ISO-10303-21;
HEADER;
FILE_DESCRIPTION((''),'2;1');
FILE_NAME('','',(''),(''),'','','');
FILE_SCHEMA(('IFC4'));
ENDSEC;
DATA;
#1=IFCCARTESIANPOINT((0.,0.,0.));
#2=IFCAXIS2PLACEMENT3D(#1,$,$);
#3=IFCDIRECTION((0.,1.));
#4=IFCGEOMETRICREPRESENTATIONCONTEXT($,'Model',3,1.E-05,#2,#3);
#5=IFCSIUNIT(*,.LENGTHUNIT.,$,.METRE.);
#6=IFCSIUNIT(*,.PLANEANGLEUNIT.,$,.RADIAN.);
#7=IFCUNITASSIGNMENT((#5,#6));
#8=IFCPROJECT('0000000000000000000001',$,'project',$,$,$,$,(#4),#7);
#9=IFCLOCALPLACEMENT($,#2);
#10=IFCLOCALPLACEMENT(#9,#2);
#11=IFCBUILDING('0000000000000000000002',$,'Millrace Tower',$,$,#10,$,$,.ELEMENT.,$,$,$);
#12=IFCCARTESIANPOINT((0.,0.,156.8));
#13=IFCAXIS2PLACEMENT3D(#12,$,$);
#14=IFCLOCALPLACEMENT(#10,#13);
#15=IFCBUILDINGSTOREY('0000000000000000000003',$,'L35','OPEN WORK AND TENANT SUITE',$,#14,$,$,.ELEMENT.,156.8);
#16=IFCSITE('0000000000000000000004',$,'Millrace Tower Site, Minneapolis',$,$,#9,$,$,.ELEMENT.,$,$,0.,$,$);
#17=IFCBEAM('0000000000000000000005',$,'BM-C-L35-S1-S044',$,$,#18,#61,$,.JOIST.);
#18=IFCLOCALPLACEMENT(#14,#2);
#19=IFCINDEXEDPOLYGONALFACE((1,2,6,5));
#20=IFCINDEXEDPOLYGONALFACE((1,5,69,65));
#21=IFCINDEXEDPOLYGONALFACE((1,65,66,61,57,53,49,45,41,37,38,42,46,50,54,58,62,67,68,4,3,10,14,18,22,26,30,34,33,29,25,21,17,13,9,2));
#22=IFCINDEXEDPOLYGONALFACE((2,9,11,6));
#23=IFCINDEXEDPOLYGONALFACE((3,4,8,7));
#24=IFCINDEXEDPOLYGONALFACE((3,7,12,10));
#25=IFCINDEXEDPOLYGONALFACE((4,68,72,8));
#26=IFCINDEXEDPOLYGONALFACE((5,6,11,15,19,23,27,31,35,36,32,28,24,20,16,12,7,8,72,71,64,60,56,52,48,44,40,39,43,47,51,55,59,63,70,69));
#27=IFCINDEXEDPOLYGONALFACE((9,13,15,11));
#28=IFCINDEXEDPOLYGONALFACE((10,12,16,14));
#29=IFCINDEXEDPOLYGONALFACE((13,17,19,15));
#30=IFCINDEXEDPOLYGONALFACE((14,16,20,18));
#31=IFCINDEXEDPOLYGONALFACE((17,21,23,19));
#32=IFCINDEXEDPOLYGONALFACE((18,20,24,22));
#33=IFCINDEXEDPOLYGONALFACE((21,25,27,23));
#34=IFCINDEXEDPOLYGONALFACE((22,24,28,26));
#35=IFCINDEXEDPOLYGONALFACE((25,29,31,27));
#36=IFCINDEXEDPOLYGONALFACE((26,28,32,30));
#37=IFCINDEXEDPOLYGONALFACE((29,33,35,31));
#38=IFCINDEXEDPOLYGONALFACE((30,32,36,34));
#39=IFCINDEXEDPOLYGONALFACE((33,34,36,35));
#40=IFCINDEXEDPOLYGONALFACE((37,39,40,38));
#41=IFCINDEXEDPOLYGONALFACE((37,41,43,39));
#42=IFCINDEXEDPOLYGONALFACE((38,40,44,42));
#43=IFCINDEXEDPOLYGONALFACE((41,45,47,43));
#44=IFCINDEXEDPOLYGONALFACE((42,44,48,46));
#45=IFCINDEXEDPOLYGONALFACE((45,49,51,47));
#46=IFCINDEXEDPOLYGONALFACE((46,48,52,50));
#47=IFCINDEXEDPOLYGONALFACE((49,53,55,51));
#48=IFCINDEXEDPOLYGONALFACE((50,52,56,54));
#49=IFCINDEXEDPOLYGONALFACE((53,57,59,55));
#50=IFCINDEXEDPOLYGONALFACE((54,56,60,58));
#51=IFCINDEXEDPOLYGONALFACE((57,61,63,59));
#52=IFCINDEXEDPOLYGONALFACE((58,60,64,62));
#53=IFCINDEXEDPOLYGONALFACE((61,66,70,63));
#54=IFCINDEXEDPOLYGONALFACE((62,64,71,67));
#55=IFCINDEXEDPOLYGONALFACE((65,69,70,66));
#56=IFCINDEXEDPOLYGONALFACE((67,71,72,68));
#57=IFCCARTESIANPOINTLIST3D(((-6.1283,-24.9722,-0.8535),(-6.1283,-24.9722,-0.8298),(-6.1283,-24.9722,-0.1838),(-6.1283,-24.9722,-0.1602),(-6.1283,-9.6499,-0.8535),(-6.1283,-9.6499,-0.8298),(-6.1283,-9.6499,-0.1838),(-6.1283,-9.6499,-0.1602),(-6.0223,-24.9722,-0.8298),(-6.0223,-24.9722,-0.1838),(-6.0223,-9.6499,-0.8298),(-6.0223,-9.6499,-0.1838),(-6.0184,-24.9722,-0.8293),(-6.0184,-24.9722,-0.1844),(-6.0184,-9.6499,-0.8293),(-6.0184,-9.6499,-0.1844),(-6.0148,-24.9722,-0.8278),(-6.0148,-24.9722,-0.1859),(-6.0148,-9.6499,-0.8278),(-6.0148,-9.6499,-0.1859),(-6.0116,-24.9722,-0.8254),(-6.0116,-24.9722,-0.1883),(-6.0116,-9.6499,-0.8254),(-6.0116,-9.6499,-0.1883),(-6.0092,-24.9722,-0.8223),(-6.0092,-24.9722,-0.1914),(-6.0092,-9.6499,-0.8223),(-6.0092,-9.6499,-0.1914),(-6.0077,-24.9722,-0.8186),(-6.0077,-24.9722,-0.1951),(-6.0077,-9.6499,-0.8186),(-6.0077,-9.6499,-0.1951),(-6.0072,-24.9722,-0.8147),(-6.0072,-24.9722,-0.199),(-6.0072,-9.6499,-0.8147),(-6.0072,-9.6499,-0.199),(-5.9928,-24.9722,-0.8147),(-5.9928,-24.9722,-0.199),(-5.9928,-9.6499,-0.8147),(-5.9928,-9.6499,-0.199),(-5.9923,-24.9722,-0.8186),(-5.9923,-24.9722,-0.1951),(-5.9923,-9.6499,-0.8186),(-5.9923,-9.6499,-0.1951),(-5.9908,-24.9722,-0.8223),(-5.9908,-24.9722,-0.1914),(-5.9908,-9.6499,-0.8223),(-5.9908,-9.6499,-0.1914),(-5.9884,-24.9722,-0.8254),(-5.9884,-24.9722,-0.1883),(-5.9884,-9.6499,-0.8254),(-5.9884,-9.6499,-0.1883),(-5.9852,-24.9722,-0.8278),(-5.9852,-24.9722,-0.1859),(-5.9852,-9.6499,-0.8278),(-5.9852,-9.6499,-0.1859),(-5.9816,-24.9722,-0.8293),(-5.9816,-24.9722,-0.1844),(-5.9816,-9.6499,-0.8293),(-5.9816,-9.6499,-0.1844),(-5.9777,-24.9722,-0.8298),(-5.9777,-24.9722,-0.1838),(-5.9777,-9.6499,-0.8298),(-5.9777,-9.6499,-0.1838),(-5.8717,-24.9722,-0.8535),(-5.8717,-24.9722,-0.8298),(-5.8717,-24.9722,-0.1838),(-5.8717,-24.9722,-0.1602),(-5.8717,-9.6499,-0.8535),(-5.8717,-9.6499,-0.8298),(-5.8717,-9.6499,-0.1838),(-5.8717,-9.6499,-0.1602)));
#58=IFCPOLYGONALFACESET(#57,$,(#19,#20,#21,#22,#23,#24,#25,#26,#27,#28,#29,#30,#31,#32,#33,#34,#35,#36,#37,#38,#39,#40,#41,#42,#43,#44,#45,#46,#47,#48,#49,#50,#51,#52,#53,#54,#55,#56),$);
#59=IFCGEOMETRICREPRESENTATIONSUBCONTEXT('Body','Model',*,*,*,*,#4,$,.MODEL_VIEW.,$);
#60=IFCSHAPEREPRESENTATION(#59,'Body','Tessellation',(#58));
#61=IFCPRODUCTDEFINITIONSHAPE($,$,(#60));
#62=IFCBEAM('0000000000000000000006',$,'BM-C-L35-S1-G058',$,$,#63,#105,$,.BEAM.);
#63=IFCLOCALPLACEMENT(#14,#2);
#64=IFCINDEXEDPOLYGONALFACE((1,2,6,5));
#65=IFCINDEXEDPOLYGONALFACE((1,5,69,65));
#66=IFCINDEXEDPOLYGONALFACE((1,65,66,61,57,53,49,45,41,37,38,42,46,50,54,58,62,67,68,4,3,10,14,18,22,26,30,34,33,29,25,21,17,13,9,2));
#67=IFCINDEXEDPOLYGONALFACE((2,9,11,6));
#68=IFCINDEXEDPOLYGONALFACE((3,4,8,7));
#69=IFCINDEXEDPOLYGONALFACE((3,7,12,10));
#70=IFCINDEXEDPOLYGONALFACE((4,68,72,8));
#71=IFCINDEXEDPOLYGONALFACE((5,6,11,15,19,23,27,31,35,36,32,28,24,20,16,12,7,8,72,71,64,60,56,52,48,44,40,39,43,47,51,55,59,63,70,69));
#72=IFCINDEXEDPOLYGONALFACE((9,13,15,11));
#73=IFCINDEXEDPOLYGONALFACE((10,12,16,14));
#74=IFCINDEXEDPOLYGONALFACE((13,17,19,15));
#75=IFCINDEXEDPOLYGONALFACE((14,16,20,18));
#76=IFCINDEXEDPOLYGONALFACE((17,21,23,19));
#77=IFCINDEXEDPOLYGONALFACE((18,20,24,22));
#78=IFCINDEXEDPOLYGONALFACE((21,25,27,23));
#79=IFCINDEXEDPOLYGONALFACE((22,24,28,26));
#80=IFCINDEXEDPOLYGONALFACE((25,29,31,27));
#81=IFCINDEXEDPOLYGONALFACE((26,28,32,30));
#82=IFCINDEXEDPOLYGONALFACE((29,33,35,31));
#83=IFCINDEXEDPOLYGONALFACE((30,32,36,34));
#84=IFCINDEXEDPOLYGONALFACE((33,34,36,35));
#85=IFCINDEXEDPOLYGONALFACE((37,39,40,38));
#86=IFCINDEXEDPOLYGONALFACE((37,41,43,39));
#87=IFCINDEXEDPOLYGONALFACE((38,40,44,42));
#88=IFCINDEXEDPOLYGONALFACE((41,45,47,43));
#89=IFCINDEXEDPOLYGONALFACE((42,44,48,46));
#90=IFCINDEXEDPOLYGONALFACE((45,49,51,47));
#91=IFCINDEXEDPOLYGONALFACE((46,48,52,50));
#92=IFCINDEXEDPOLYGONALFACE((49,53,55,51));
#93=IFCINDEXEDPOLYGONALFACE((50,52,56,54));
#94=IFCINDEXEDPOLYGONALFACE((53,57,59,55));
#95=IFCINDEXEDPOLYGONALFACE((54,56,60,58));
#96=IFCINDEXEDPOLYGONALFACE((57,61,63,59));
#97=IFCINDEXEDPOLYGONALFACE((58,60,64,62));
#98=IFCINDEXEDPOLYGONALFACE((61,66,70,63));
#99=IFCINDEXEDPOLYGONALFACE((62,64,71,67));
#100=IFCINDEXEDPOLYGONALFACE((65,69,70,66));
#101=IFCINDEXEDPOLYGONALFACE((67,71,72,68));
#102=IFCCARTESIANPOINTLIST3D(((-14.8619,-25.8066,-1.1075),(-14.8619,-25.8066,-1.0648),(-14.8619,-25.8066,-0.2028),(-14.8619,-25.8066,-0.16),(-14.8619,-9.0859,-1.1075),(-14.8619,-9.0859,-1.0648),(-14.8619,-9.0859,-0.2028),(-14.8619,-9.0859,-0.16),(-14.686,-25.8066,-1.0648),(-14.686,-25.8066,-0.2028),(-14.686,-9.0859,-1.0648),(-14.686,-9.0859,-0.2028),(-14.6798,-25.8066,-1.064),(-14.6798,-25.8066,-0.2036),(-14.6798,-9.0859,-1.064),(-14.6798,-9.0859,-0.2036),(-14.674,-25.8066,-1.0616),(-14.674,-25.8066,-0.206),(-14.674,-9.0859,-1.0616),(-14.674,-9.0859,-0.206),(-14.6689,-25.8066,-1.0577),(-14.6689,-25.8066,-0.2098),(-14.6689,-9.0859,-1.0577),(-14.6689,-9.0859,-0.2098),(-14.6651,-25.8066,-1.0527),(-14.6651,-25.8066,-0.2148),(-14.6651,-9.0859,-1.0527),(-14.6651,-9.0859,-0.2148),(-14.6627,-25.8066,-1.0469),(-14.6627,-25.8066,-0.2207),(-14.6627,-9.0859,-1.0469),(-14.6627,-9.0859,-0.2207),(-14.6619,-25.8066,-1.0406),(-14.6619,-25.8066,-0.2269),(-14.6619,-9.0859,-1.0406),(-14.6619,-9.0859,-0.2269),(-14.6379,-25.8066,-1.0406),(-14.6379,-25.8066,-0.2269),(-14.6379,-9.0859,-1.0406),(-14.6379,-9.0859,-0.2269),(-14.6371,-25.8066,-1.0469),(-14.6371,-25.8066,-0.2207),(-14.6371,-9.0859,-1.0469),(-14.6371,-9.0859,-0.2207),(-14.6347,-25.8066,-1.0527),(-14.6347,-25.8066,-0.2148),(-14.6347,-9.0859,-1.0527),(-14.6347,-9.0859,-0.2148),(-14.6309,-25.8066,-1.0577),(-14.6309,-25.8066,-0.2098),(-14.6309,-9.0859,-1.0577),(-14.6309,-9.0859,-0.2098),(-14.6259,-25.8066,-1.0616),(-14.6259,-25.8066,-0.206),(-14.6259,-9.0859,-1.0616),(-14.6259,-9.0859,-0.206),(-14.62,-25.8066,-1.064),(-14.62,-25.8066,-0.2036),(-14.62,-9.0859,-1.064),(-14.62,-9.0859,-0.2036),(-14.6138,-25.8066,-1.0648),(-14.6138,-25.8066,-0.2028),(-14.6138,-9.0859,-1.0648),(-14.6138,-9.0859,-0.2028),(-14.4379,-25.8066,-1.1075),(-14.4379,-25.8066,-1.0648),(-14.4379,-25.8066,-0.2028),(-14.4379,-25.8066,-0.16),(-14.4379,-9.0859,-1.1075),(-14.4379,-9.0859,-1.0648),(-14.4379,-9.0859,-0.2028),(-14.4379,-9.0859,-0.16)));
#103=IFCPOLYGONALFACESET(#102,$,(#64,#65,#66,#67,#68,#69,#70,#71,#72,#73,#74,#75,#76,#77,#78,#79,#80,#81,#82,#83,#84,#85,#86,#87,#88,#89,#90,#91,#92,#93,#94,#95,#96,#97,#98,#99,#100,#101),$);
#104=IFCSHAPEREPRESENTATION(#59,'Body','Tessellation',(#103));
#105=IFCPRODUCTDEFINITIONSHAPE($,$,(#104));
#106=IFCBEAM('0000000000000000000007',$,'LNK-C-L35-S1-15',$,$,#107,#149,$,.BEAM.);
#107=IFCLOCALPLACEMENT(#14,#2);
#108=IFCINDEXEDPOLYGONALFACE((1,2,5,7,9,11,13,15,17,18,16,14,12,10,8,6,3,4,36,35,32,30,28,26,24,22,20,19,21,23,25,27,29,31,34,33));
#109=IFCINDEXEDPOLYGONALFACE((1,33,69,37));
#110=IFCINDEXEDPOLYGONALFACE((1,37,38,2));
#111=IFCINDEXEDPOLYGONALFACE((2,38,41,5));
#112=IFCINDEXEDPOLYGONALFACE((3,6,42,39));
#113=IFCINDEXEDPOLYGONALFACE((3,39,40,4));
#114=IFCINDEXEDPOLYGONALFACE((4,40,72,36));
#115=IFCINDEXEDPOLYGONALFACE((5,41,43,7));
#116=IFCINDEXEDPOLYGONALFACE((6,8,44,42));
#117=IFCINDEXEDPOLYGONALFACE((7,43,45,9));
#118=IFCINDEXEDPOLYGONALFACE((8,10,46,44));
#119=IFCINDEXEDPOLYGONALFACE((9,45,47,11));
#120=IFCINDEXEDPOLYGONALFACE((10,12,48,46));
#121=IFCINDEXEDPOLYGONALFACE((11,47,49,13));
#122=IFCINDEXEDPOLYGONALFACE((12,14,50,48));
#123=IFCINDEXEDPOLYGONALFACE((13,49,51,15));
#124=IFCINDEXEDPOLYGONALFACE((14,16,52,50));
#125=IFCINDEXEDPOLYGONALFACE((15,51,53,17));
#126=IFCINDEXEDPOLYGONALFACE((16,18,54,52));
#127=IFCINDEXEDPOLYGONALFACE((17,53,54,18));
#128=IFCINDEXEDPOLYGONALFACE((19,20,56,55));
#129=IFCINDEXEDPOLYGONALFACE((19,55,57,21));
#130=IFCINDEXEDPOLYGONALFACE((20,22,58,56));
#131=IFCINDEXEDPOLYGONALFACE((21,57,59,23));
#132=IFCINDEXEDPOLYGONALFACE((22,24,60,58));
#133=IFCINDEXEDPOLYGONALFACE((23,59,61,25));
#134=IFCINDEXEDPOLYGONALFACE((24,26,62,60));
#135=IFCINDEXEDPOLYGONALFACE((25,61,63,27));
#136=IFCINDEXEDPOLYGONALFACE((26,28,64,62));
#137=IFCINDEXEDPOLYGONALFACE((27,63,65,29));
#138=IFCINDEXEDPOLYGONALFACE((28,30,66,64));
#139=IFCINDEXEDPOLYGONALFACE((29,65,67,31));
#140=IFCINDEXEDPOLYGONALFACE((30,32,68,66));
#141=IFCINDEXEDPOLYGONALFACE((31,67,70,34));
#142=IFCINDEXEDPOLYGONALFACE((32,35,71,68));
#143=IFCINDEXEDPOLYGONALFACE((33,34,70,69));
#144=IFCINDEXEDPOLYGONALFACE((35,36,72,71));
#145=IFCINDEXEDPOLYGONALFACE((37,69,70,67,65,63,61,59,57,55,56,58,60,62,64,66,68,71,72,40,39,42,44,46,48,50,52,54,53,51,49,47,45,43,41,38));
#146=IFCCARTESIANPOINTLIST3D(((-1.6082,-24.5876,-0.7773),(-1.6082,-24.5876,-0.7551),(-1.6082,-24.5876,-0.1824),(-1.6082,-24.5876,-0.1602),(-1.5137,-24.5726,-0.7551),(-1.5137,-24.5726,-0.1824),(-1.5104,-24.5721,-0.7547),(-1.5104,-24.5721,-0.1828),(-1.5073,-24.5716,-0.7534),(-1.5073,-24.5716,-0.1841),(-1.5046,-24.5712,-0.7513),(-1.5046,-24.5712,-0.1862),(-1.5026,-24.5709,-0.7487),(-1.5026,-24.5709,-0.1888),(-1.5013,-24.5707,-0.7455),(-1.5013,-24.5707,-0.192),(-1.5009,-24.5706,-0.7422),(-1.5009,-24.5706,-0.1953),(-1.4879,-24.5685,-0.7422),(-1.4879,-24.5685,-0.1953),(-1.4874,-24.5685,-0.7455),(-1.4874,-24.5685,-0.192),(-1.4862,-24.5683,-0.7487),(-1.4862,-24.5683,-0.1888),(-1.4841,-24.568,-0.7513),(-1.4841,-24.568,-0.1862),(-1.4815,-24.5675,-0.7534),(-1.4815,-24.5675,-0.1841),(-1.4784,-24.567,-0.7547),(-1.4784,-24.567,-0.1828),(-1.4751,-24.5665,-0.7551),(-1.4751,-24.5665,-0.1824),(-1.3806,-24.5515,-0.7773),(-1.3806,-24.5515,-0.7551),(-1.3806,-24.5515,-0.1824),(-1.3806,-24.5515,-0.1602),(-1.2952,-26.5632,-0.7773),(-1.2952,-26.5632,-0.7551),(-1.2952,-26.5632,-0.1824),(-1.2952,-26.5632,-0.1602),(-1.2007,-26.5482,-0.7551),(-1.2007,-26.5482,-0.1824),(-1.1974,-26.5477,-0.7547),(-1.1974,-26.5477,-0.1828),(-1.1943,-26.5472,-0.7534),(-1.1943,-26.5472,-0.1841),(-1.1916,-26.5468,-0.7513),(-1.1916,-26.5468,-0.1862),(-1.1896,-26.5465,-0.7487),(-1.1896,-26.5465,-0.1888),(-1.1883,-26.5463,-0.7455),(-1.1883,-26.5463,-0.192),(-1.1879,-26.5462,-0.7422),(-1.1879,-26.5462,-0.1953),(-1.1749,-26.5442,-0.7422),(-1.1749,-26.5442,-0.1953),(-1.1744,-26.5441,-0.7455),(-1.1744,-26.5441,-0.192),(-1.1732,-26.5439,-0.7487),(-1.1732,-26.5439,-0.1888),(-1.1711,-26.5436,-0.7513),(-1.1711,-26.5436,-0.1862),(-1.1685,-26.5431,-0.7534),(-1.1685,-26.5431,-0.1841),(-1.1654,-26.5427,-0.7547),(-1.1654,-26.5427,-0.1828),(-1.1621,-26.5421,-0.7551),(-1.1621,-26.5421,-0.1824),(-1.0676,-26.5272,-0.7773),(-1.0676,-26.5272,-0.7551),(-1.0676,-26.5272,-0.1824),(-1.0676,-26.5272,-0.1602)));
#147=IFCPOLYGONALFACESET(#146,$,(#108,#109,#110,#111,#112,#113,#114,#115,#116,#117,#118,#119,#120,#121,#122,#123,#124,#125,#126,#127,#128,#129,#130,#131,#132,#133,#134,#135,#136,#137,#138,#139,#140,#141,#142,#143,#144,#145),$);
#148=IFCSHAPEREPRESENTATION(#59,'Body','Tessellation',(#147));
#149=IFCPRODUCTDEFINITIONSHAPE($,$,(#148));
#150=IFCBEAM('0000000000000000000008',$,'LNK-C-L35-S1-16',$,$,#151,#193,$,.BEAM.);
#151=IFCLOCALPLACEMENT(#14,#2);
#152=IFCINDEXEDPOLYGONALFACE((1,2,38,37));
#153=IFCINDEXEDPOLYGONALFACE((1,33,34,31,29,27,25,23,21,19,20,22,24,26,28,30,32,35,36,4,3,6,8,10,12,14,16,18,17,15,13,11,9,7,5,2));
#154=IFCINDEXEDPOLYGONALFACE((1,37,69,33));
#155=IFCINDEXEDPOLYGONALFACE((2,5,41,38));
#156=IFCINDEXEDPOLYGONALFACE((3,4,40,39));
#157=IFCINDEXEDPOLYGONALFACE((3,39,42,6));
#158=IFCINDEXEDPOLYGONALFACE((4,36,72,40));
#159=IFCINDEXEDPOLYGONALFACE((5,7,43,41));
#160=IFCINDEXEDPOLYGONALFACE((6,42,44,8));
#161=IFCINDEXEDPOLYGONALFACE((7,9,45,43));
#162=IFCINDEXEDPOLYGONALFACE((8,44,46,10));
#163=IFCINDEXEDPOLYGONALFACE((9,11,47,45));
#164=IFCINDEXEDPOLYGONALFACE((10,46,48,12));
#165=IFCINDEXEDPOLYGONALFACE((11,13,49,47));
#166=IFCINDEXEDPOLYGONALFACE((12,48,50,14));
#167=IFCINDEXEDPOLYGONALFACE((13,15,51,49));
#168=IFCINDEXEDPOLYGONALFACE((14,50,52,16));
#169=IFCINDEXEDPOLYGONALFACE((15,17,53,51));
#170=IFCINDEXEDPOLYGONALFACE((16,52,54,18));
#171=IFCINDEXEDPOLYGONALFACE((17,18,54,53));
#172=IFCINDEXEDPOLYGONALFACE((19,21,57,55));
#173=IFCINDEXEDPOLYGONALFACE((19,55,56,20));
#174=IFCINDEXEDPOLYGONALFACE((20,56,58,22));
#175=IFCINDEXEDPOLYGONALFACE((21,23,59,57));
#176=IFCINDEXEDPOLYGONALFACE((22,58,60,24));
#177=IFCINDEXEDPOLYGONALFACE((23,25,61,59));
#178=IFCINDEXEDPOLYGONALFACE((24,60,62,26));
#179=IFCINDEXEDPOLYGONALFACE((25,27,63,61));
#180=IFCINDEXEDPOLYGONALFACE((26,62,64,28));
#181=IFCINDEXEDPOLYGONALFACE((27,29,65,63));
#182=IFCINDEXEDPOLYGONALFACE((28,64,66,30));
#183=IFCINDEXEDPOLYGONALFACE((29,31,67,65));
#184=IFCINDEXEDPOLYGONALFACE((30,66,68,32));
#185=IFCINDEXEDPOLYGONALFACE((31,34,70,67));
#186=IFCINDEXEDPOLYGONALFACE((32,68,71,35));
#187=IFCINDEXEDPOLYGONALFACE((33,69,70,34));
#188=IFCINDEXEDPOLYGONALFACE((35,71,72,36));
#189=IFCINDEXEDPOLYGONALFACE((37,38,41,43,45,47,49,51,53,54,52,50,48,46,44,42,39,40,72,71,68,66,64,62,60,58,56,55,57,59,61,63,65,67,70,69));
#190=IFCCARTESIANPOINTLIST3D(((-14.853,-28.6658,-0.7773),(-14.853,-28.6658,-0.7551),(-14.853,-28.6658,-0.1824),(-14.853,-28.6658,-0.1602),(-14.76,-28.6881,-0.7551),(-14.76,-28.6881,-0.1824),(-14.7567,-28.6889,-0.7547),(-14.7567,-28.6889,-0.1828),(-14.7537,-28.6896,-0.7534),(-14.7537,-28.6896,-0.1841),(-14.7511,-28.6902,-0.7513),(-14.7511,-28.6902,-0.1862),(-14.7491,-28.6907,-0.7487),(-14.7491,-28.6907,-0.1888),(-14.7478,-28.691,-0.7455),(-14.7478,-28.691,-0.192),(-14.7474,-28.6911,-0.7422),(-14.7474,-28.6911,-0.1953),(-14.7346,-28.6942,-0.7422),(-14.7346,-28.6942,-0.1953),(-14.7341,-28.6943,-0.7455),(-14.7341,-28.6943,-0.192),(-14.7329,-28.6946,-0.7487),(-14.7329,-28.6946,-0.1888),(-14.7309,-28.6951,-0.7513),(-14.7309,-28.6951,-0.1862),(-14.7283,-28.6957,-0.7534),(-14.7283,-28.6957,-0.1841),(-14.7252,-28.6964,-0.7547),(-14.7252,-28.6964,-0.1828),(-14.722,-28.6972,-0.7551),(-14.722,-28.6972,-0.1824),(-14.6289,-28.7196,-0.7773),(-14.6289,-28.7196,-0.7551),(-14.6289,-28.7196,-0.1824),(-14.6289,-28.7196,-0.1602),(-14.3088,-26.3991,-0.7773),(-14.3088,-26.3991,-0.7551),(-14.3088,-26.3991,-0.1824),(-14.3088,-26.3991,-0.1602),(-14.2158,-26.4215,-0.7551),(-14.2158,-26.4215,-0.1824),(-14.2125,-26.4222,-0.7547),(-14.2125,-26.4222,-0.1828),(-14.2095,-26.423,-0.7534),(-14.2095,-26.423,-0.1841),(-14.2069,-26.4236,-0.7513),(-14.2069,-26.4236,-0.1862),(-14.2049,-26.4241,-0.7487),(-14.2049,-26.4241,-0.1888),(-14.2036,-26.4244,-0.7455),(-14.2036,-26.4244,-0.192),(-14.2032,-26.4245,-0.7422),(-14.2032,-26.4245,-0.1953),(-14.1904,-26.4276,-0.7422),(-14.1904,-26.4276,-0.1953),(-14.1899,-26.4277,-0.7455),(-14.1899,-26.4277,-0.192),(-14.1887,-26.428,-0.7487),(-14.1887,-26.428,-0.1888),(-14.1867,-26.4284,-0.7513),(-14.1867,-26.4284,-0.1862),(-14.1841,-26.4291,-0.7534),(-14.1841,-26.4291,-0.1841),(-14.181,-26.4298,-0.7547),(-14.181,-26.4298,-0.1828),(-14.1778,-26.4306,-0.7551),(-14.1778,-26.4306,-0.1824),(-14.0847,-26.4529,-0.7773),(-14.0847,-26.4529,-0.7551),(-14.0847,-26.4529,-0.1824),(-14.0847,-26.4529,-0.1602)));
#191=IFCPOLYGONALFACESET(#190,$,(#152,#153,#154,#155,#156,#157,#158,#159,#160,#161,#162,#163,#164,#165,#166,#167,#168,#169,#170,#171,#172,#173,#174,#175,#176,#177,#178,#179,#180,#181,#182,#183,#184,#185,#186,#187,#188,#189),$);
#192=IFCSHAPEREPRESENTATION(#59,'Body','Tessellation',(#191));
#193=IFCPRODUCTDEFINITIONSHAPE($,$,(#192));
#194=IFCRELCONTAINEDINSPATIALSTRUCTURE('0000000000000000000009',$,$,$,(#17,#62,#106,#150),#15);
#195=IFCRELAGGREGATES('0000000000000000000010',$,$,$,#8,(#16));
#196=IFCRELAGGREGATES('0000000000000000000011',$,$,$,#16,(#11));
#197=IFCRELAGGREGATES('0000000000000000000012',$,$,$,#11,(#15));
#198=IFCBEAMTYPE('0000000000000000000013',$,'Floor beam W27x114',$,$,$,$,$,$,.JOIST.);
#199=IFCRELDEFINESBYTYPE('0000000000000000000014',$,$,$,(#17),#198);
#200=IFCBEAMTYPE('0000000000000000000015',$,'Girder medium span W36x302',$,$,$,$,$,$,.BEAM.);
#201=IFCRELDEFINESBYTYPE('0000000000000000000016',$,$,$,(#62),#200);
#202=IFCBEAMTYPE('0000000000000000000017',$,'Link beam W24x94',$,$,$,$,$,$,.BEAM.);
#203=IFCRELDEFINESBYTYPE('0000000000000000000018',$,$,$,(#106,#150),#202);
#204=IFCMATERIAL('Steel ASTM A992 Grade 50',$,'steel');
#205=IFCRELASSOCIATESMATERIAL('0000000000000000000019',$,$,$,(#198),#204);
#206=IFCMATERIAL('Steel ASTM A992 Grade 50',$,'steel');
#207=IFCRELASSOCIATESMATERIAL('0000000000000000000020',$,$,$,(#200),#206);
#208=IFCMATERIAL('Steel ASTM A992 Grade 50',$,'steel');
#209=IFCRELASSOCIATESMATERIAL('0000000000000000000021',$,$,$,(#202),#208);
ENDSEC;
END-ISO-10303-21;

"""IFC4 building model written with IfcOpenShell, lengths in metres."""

from ifc_helpers import new_model, si_unit, direction, frame, origin, origin_2d, place, context, subcontext, project, spatial, i_section, extrude, material, material_profile, profile_set, type_object, element, save


model = new_model("IFC4")

# Units and contexts
model_context = context("Model", 3, precision=1e-05, world=origin(), true_north=direction((0.0, 1.0)))
body_context = subcontext(model_context, "Body", "Model", "MODEL_VIEW")
ifc_project = project(units=[si_unit("LENGTHUNIT", "METRE"), si_unit("PLANEANGLEUNIT", "RADIAN")], contexts=[model_context])

# Site, building, storey
site_placement = place(None, origin())
site = spatial("IfcSite", under=ifc_project, at=site_placement, Name="Millrace Tower Site, Minneapolis", CompositionType="ELEMENT", RefElevation=0.0)
building_placement = place(site_placement, origin())
building = spatial("IfcBuilding", under=site, at=building_placement, Name="Millrace Tower", CompositionType="ELEMENT")
storey_placement = place(building_placement, frame((0.0, 0.0, 156.8)))
storey = spatial("IfcBuildingStorey", under=building, at=storey_placement, Name="L35", Description="OPEN WORK AND TENANT SUITE", CompositionType="ELEMENT", Elevation=156.8)

# Beams
ifc_material_1 = material(Name="Steel ASTM A992 Grade 50", Category="steel")
ifc_material_profile_1 = material_profile(ifc_material_1, i_section(OverallWidth=0.2566, OverallDepth=0.6934, WebThickness=0.0144, FlangeThickness=0.0237, FilletRadius=0.0151, at=origin_2d()))
ifc_profile_set_1 = profile_set([ifc_material_profile_1], Name="Steel ASTM A992 Grade 50")
beam_type_1 = type_object("IfcBeamType", Name="Floor beam W27x114", PredefinedType="JOIST", material=ifc_profile_set_1)
beam_1_placement = place(storey_placement, frame((-6.0, -24.9722, -0.5068), z_axis=(0.0, 1.0, 0.0), x_axis=(-1.0, 0.0, 0.0)))
element("IfcBeam", 1, at=beam_1_placement, inside=storey, type_object=beam_type_1, Name="BM-C-L35-S1-S044", PredefinedType="JOIST", context=body_context, shape_type="SweptSolid", body=[
    extrude(i_section(OverallWidth=0.2566, OverallDepth=0.6934, WebThickness=0.0144, FlangeThickness=0.0237, FilletRadius=0.0151, at=origin_2d()), origin(), (0.0, 0.0, 1.0), 15.3223),
])
ifc_material_2 = material(Name="Steel ASTM A992 Grade 50", Category="steel")
ifc_material_profile_2 = material_profile(ifc_material_2, i_section(OverallWidth=0.4241, OverallDepth=0.9475, WebThickness=0.0239, FlangeThickness=0.0427, FilletRadius=0.0242, at=origin_2d()))
ifc_profile_set_2 = profile_set([ifc_material_profile_2], Name="Steel ASTM A992 Grade 50")
beam_type_2 = type_object("IfcBeamType", Name="Girder medium span W36x302", PredefinedType="BEAM", material=ifc_profile_set_2)
beam_2_placement = place(storey_placement, frame((-14.6499, -25.8066, -0.6338), z_axis=(0.0, 1.0, 0.0), x_axis=(-1.0, 0.0, 0.0)))
element("IfcBeam", 2, at=beam_2_placement, inside=storey, type_object=beam_type_2, Name="BM-C-L35-S1-G058", PredefinedType="BEAM", context=body_context, shape_type="SweptSolid", body=[
    extrude(i_section(OverallWidth=0.4241, OverallDepth=0.9475, WebThickness=0.0239, FlangeThickness=0.0427, FilletRadius=0.0242, at=origin_2d()), origin(), (0.0, 0.0, 1.0), 16.7207),
])
ifc_material_3 = material(Name="Steel ASTM A992 Grade 50", Category="steel")
ifc_material_profile_3 = material_profile(ifc_material_3, i_section(OverallWidth=0.2305, OverallDepth=0.6172, WebThickness=0.0132, FlangeThickness=0.0222, FilletRadius=0.0129, at=origin_2d()))
ifc_profile_set_3 = profile_set([ifc_material_profile_3], Name="Steel ASTM A992 Grade 50")
beam_type_3 = type_object("IfcBeamType", Name="Link beam W24x94", PredefinedType="BEAM", material=ifc_profile_set_3)
beam_3_placement = place(storey_placement, frame((-1.4944, -24.5696, -0.4688), z_axis=(0.156477, -0.987682, 0.0), x_axis=(0.987682, 0.156477, 0.0)))
element("IfcBeam", 3, at=beam_3_placement, inside=storey, type_object=beam_type_3, Name="LNK-C-L35-S1-15", PredefinedType="BEAM", context=body_context, shape_type="SweptSolid", body=[
    extrude(i_section(OverallWidth=0.2305, OverallDepth=0.6172, WebThickness=0.0132, FlangeThickness=0.0222, FilletRadius=0.0129, at=origin_2d()), origin(), (0.0, 0.0, 1.0), 2.0002),
])
beam_4_placement = place(storey_placement, frame((-14.1968, -26.426, -0.4688), z_axis=(-0.233456, -0.972367, 0.0), x_axis=(0.972367, -0.233456, 0.0)))
element("IfcBeam", 4, at=beam_4_placement, inside=storey, type_object=beam_type_3, Name="LNK-C-L35-S1-16", PredefinedType="BEAM", context=body_context, shape_type="SweptSolid", body=[
    extrude(i_section(OverallWidth=0.2305, OverallDepth=0.6172, WebThickness=0.0132, FlangeThickness=0.0222, FilletRadius=0.0129, at=origin_2d()), origin(), (0.0, 0.0, 1.0), 2.3311),
])

save(model, "model.ifc")
